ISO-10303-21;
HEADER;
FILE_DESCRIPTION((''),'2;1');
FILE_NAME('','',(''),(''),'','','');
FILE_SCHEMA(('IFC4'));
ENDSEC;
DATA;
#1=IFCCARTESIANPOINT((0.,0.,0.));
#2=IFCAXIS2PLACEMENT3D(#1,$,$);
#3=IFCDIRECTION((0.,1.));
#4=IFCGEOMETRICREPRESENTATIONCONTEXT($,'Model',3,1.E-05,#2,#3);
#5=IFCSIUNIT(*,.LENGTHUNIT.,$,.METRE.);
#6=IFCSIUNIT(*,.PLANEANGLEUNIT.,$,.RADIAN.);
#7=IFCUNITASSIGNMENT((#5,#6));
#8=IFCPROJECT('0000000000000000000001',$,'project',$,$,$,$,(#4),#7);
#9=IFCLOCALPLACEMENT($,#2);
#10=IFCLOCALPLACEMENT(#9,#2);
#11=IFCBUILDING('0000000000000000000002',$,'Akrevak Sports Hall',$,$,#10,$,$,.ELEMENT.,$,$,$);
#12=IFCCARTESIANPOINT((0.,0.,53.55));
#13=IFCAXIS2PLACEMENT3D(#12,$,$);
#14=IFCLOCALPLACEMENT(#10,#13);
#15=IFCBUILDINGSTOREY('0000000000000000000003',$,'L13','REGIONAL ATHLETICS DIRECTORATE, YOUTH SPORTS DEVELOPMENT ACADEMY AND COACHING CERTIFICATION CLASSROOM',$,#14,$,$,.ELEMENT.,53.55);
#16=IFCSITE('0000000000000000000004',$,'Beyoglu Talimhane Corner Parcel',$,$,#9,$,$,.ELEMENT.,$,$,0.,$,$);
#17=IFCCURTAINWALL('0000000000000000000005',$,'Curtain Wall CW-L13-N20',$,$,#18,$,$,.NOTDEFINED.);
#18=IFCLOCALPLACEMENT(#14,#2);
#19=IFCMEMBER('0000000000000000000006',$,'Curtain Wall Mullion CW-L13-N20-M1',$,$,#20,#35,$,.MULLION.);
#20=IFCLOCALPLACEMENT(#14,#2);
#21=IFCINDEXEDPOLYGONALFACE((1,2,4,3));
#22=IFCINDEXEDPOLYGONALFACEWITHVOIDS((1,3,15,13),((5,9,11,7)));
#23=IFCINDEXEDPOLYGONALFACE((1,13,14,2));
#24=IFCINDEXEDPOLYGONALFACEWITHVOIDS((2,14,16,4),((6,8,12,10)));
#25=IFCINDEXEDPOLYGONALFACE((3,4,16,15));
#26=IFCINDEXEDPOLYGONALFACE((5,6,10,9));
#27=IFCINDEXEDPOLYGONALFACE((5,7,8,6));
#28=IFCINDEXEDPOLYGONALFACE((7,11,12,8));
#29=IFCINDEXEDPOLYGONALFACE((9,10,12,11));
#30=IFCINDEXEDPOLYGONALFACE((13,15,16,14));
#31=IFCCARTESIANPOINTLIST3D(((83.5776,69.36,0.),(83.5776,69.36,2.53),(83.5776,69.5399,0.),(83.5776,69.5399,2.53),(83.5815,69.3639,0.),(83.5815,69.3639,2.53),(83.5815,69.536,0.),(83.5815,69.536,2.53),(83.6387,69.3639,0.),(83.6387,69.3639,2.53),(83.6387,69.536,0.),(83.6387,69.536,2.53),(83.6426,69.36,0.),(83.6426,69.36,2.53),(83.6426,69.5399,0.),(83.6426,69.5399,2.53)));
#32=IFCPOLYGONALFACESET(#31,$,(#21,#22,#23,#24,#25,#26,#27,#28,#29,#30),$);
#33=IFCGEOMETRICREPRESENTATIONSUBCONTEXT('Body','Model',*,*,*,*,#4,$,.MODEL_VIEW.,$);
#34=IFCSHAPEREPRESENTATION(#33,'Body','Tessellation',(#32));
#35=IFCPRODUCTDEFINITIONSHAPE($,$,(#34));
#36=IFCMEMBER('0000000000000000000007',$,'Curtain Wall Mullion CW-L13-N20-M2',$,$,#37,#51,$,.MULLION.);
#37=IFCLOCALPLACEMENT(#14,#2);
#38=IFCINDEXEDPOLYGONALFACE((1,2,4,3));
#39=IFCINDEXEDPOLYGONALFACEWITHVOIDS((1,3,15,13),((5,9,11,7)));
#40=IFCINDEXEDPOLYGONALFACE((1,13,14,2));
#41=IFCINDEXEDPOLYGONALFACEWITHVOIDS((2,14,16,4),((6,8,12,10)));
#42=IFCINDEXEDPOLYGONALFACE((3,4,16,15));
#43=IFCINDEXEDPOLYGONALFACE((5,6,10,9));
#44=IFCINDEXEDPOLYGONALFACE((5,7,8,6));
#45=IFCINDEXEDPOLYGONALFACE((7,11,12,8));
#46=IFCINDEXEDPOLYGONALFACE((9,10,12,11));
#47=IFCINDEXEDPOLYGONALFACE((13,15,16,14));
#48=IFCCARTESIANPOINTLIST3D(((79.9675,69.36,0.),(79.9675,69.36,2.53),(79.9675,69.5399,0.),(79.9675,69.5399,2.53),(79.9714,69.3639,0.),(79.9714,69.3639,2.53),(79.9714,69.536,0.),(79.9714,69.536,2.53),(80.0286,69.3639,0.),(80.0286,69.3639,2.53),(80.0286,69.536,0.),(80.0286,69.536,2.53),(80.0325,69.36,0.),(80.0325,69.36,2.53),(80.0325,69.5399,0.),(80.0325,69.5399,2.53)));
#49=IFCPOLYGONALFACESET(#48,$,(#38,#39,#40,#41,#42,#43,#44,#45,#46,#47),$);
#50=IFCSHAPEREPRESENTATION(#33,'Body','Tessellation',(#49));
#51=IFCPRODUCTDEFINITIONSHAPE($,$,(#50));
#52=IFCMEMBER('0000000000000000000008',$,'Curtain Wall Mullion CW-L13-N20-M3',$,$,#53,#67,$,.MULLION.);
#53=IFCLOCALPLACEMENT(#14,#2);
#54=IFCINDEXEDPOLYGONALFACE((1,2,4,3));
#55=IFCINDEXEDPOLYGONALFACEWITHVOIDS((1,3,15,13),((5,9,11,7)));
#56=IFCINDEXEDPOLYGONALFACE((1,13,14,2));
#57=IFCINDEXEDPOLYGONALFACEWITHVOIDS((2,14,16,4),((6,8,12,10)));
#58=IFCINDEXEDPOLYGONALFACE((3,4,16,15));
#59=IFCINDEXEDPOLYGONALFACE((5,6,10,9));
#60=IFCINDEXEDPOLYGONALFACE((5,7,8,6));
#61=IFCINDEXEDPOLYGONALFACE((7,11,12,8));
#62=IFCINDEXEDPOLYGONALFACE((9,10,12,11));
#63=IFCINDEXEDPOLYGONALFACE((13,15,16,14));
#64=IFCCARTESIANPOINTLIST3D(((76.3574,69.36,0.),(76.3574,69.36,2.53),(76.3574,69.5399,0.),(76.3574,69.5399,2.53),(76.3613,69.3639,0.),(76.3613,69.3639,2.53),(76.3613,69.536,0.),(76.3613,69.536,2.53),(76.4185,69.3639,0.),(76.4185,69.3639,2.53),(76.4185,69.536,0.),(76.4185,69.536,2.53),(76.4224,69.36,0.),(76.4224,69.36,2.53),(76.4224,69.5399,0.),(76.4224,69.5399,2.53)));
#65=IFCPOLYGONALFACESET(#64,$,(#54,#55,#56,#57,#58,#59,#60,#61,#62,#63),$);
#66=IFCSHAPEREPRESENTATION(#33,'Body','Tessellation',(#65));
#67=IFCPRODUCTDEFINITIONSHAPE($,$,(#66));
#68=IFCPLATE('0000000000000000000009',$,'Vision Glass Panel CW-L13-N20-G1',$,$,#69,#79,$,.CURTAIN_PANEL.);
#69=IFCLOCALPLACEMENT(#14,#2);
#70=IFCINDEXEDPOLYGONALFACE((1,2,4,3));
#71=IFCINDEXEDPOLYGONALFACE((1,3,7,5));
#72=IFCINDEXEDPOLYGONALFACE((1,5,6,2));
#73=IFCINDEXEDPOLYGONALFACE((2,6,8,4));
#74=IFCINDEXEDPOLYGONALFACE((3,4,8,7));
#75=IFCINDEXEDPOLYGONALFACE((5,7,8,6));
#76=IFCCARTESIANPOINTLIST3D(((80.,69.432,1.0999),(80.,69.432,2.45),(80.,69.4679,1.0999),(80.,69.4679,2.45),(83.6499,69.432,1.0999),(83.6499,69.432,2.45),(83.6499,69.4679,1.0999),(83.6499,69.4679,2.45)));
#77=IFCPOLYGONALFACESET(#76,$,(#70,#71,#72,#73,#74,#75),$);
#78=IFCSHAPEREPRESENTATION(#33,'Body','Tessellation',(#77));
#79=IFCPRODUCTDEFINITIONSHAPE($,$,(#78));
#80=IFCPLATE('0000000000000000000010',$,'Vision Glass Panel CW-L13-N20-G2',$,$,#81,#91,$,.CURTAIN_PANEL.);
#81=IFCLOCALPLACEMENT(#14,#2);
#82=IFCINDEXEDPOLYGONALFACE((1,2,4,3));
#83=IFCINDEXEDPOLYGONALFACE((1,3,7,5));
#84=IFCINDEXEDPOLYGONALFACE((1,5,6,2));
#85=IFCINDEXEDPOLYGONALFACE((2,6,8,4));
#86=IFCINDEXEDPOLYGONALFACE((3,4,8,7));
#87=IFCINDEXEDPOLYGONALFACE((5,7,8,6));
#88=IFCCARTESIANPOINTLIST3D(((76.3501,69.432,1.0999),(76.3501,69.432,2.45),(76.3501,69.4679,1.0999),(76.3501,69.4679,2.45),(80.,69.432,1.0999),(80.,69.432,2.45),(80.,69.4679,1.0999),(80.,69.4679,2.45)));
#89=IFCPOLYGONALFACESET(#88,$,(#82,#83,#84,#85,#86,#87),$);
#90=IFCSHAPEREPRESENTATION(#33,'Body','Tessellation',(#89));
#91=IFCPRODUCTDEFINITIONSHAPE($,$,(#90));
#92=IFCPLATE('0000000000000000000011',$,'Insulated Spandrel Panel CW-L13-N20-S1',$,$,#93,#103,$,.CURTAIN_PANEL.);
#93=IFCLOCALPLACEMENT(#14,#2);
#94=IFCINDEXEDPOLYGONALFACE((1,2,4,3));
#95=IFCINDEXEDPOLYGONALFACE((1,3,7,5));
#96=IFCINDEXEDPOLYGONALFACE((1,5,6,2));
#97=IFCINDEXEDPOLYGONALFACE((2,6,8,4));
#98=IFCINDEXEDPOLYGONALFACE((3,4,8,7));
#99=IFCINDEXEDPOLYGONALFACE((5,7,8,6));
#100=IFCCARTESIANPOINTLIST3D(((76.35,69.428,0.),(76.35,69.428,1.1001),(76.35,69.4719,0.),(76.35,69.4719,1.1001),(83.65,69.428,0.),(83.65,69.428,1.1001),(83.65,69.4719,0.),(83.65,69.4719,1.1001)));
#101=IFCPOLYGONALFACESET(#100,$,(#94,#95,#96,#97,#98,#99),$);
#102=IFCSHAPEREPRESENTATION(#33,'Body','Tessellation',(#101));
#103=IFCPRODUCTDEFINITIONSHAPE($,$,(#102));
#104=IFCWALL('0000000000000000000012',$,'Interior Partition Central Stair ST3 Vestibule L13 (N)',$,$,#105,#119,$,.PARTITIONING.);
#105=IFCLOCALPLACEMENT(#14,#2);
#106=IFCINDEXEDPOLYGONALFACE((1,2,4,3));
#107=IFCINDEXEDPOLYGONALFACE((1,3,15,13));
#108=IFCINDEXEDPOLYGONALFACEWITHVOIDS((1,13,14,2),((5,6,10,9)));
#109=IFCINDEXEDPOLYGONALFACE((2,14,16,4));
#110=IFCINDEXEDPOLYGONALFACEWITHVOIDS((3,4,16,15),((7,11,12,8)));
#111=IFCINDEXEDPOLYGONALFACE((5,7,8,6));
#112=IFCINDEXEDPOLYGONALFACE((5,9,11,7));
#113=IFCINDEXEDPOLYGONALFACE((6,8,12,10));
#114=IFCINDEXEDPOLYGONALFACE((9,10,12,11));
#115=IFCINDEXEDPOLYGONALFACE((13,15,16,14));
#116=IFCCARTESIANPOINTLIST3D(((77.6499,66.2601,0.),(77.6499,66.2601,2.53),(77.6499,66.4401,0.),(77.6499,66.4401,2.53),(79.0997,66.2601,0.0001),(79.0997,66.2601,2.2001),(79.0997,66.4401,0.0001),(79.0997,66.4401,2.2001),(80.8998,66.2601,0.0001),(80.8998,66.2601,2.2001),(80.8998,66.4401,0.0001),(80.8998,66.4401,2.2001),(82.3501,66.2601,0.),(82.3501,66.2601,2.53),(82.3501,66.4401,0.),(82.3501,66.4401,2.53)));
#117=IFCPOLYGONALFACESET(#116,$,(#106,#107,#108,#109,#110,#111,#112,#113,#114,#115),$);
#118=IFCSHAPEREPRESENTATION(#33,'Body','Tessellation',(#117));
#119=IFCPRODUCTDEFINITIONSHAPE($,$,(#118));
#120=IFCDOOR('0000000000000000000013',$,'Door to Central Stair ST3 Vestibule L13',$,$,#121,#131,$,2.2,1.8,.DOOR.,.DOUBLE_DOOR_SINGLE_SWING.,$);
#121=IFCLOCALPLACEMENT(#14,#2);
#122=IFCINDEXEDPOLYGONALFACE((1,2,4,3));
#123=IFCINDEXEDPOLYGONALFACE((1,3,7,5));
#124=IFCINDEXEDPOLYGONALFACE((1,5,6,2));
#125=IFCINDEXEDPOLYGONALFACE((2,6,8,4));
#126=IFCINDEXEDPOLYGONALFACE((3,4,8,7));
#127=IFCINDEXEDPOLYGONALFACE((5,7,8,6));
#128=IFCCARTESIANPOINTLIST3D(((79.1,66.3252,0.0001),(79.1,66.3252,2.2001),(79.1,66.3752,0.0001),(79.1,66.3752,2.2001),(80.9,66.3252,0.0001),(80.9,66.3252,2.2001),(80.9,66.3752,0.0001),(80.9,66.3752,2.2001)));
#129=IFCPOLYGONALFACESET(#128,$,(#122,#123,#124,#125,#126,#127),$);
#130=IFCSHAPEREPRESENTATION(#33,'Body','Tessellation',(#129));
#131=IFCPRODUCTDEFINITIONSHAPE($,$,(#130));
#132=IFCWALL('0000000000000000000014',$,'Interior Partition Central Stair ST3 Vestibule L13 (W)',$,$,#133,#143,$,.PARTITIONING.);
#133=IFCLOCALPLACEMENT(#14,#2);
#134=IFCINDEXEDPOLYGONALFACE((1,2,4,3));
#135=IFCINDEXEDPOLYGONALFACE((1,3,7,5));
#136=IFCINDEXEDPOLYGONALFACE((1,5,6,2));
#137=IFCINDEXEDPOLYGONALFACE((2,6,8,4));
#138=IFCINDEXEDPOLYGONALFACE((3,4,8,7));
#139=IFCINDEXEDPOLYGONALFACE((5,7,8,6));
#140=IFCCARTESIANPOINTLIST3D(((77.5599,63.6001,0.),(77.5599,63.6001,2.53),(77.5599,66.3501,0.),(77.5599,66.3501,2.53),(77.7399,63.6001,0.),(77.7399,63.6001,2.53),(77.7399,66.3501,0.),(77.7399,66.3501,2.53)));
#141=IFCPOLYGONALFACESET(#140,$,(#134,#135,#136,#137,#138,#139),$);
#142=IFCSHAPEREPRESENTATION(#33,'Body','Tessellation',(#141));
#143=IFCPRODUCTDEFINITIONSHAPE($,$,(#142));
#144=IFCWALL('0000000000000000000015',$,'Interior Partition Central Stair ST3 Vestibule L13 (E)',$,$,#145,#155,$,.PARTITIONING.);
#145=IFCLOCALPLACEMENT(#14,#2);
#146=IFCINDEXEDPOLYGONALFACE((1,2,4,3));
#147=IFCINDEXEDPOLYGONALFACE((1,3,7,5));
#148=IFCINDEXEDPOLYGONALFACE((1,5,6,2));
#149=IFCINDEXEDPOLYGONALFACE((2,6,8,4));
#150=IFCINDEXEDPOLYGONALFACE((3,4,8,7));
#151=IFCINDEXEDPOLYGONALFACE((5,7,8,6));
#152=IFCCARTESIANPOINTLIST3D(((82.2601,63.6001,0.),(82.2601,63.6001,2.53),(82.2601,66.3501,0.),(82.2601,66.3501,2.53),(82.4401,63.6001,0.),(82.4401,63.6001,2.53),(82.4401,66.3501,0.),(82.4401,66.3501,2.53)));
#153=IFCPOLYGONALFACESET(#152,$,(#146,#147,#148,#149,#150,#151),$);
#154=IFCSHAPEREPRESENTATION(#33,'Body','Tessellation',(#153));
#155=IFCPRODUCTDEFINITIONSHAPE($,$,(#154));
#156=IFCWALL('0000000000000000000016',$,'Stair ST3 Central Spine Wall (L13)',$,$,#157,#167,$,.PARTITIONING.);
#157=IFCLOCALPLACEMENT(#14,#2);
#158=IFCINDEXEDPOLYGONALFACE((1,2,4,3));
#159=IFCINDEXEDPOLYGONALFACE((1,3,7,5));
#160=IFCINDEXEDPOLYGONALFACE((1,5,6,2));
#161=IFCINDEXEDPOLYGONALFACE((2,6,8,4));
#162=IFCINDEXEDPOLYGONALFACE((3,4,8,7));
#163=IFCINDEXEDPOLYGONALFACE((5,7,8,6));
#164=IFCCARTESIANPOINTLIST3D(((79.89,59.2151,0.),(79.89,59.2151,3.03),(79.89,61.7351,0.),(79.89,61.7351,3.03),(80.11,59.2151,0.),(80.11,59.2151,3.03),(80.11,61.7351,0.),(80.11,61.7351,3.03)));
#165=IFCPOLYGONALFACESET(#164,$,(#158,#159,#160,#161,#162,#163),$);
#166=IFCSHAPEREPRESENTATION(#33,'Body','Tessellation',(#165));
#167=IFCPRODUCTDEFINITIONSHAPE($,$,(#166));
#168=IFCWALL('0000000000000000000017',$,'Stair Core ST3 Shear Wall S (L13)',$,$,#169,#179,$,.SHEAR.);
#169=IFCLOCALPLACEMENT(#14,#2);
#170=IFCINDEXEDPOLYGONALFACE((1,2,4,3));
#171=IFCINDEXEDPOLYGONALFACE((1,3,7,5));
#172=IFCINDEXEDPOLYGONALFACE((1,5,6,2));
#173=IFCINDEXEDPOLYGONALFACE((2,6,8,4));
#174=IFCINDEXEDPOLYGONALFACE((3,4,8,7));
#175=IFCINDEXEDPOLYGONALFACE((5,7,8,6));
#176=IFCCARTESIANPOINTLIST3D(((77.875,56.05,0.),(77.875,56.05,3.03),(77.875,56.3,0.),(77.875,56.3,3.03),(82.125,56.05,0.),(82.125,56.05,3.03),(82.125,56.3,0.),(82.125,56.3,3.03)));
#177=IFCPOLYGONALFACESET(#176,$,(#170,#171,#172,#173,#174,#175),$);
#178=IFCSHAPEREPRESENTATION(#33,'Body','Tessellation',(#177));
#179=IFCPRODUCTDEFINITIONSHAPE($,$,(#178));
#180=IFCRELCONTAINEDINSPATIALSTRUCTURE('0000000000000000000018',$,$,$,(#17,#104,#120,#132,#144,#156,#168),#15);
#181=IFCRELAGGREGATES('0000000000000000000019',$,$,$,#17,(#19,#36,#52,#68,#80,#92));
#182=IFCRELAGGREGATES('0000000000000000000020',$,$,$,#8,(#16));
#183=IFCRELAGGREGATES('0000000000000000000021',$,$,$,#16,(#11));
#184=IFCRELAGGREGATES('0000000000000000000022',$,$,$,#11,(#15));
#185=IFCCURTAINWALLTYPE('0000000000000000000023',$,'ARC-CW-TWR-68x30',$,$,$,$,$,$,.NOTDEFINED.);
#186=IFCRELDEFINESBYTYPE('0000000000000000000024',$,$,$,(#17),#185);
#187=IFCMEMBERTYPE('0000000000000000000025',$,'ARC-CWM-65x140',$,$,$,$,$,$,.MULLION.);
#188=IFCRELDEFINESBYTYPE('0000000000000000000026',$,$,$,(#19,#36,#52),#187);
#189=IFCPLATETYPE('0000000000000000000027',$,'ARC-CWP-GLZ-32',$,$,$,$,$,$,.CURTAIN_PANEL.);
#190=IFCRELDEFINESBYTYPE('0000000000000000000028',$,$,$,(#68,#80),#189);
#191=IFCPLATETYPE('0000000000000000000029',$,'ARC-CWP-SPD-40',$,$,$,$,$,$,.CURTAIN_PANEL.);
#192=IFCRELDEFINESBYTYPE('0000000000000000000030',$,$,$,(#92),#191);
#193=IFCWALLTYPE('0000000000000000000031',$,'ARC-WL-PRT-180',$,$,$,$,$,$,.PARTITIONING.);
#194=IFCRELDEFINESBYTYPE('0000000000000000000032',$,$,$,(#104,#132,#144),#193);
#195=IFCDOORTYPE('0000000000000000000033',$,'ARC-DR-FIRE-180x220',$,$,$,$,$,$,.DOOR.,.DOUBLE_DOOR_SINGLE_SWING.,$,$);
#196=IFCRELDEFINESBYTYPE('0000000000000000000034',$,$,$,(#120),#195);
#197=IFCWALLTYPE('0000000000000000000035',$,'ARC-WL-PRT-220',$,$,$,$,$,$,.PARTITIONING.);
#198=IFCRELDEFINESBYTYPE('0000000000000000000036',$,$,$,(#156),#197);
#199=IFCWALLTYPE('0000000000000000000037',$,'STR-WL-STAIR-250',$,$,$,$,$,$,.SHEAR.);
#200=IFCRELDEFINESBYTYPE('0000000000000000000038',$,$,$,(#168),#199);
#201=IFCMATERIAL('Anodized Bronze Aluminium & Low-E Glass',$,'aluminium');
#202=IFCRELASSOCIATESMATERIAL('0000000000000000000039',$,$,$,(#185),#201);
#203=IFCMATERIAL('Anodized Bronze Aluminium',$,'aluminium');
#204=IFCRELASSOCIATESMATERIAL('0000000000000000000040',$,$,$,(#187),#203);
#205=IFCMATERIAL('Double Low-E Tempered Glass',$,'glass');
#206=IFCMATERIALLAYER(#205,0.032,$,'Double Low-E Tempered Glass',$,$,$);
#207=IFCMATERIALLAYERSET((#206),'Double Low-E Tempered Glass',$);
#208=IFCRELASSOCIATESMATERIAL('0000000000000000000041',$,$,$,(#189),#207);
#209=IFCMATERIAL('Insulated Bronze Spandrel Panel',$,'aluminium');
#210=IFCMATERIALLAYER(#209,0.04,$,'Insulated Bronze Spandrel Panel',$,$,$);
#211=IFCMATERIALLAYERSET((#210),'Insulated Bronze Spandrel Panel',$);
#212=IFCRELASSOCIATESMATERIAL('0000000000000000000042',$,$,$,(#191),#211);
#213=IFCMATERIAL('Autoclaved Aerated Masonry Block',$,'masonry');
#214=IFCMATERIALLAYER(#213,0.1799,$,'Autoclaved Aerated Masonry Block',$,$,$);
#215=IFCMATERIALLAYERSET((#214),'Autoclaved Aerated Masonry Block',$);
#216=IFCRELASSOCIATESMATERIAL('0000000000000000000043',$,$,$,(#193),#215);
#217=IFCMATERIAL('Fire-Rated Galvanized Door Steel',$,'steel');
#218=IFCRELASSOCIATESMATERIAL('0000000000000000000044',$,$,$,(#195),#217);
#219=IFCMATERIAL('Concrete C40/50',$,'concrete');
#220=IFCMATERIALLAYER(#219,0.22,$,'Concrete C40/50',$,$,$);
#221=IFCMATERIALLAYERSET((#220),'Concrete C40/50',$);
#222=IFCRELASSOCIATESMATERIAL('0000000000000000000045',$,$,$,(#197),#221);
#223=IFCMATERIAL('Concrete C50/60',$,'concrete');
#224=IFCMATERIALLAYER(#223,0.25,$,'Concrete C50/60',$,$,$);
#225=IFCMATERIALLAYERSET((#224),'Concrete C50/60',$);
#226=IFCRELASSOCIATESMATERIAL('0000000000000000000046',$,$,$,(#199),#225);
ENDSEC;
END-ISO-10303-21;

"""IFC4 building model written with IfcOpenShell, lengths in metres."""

from ifc_helpers import new_model, si_unit, direction, frame, frame_2d, origin, origin_2d, place, context, subcontext, project, spatial, rectangle, hollow_rectangle, extrude, material, layer, layer_set, material_profile, profile_set, type_object, element, fill, aggregate, save


model = new_model("IFC4")

# Units and contexts
model_context = context("Model", 3, precision=1e-05, world=origin(), true_north=direction((0.0, 1.0)))
body_context = subcontext(model_context, "Body", "Model", "MODEL_VIEW")
ifc_project = project(units=[si_unit("LENGTHUNIT", "METRE"), si_unit("PLANEANGLEUNIT", "RADIAN")], contexts=[model_context])

# Site, building, storey
site_placement = place(None, origin())
site = spatial("IfcSite", under=ifc_project, at=site_placement, Name="Beyoglu Talimhane Corner Parcel", CompositionType="ELEMENT", RefElevation=0.0)
building_placement = place(site_placement, origin())
building = spatial("IfcBuilding", under=site, at=building_placement, Name="Akrevak Sports Hall", CompositionType="ELEMENT")
storey_placement = place(building_placement, frame((0.0, 0.0, 53.55)))
storey = spatial("IfcBuildingStorey", under=building, at=storey_placement, Name="L13", Description="REGIONAL ATHLETICS DIRECTORATE, YOUTH SPORTS DEVELOPMENT ACADEMY AND COACHING CERTIFICATION CLASSROOM", CompositionType="ELEMENT", Elevation=53.55)

# Curtain wall, members, plates
ifc_material_1 = material(Name="Anodized Bronze Aluminium & Low-E Glass", Category="aluminium")
curtain_wall_type = type_object("IfcCurtainWallType", Name="ARC-CW-TWR-68x30", PredefinedType="NOTDEFINED", material=ifc_material_1)
curtain_wall_placement = place(storey_placement, origin())
curtain_wall = element("IfcCurtainWall", 1, at=curtain_wall_placement, inside=storey, type_object=curtain_wall_type, Name="Curtain Wall CW-L13-N20", PredefinedType="NOTDEFINED")
ifc_material_2 = material(Name="Anodized Bronze Aluminium", Category="aluminium")
ifc_material_profile = material_profile(ifc_material_2, hollow_rectangle(XDim=0.0649, YDim=0.1799, WallThickness=0.0039, at=origin_2d()), Name="CWM 65x180", Category="aluminium")
ifc_profile_set = profile_set([ifc_material_profile], Name="Anodized Bronze Aluminium")
member_type = type_object("IfcMemberType", Name="ARC-CWM-65x140", PredefinedType="MULLION", material=ifc_profile_set)
member_1_placement = place(storey_placement, frame((83.6101, 69.45, 0.0), z_axis=(0.0, 0.0, 1.0), x_axis=(-1.0, 0.0, 0.0)))
member_1 = element("IfcMember", 2, at=member_1_placement, type_object=member_type, Name="Curtain Wall Mullion CW-L13-N20-M1", PredefinedType="MULLION", context=body_context, shape_type="SweptSolid", body=[
    extrude(hollow_rectangle(XDim=0.0649, YDim=0.1799, WallThickness=0.0039, at=origin_2d()), origin(), (0.0, 0.0, 1.0), 2.53),
])
member_2_placement = place(storey_placement, frame((80.0, 69.45, 0.0), z_axis=(0.0, 0.0, 1.0), x_axis=(-1.0, 0.0, 0.0)))
member_2 = element("IfcMember", 3, at=member_2_placement, type_object=member_type, Name="Curtain Wall Mullion CW-L13-N20-M2", PredefinedType="MULLION", context=body_context, shape_type="SweptSolid", body=[
    extrude(hollow_rectangle(XDim=0.0649, YDim=0.1799, WallThickness=0.0039, at=origin_2d()), origin(), (0.0, 0.0, 1.0), 2.53),
])
member_3_placement = place(storey_placement, frame((76.3899, 69.45, 0.0), z_axis=(0.0, 0.0, 1.0), x_axis=(-1.0, 0.0, 0.0)))
member_3 = element("IfcMember", 4, at=member_3_placement, type_object=member_type, Name="Curtain Wall Mullion CW-L13-N20-M3", PredefinedType="MULLION", context=body_context, shape_type="SweptSolid", body=[
    extrude(hollow_rectangle(XDim=0.0649, YDim=0.1799, WallThickness=0.0039, at=origin_2d()), origin(), (0.0, 0.0, 1.0), 2.53),
])
ifc_material_3 = material(Name="Double Low-E Tempered Glass", Category="glass")
ifc_layer_1 = layer(ifc_material_3, 0.032, Name="Double Low-E Tempered Glass")
ifc_layer_set_1 = layer_set([ifc_layer_1], Name="Double Low-E Tempered Glass")
plate_type_1 = type_object("IfcPlateType", Name="ARC-CWP-GLZ-32", PredefinedType="CURTAIN_PANEL", material=ifc_layer_set_1)
plate_1_placement = place(storey_placement, frame((81.825, 69.45, 1.0999), z_axis=(0.0, 0.0, 1.0), x_axis=(-1.0, 0.0, 0.0)))
plate_1 = element("IfcPlate", 5, at=plate_1_placement, type_object=plate_type_1, Name="Vision Glass Panel CW-L13-N20-G1", PredefinedType="CURTAIN_PANEL", context=body_context, shape_type="SweptSolid", body=[
    extrude(rectangle(XDim=3.6499, YDim=0.0359, at=origin_2d()), origin(), (0.0, 0.0, 1.0), 1.3501),
])
plate_2_placement = place(storey_placement, frame((78.175, 69.45, 1.0999), z_axis=(0.0, 0.0, 1.0), x_axis=(-1.0, 0.0, 0.0)))
plate_2 = element("IfcPlate", 6, at=plate_2_placement, type_object=plate_type_1, Name="Vision Glass Panel CW-L13-N20-G2", PredefinedType="CURTAIN_PANEL", context=body_context, shape_type="SweptSolid", body=[
    extrude(rectangle(XDim=3.6499, YDim=0.0359, at=origin_2d()), origin(), (0.0, 0.0, 1.0), 1.3501),
])
ifc_material_4 = material(Name="Insulated Bronze Spandrel Panel", Category="aluminium")
ifc_layer_2 = layer(ifc_material_4, 0.04, Name="Insulated Bronze Spandrel Panel")
ifc_layer_set_2 = layer_set([ifc_layer_2], Name="Insulated Bronze Spandrel Panel")
plate_type_2 = type_object("IfcPlateType", Name="ARC-CWP-SPD-40", PredefinedType="CURTAIN_PANEL", material=ifc_layer_set_2)
plate_3_placement = place(storey_placement, frame((80.0, 69.45, 0.0), z_axis=(0.0, 0.0, 1.0), x_axis=(-1.0, 0.0, 0.0)))
plate_3 = element("IfcPlate", 7, at=plate_3_placement, type_object=plate_type_2, Name="Insulated Spandrel Panel CW-L13-N20-S1", PredefinedType="CURTAIN_PANEL", context=body_context, shape_type="SweptSolid", body=[
    extrude(rectangle(XDim=7.3, YDim=0.0439, at=origin_2d()), origin(), (0.0, 0.0, 1.0), 1.1001),
])
aggregate(curtain_wall, [member_1, member_2, member_3, plate_1, plate_2, plate_3])

# Wall, opening, door
ifc_material_5 = material(Name="Autoclaved Aerated Masonry Block", Category="masonry")
ifc_layer_3 = layer(ifc_material_5, 0.1799, Name="Autoclaved Aerated Masonry Block")
ifc_layer_set_3 = layer_set([ifc_layer_3], Name="Autoclaved Aerated Masonry Block")
wall_type_1 = type_object("IfcWallType", Name="ARC-WL-PRT-180", PredefinedType="PARTITIONING", material=ifc_layer_set_3)
wall_1_placement = place(storey_placement, frame((77.6499, 66.3501, 0.0), z_axis=(0.0, 0.0, 1.0), x_axis=(1.0, 0.0, 0.0)))
wall_1 = element("IfcWall", 8, at=wall_1_placement, inside=storey, type_object=wall_type_1, Name="Interior Partition Central Stair ST3 Vestibule L13 (N)", PredefinedType="PARTITIONING", context=body_context, shape_type="SweptSolid", body=[
    extrude(rectangle(XDim=4.7002, YDim=0.1799, at=frame_2d((2.3501, 0.0))), origin(), (0.0, 0.0, 1.0), 2.53),
])
opening_1_placement = place(wall_1_placement, frame((1.45, 0.0, 0.0)))
opening_1 = element("IfcOpeningElement", 9, at=opening_1_placement, cuts=wall_1, PredefinedType="OPENING", context=body_context, shape_type="SweptSolid", body=[
    extrude(rectangle(XDim=1.8, YDim=2.2, at=frame_2d((0.8999, 1.1001))), frame((0.0, 0.1021, 0.0), z_axis=(0.0, -1.0, 0.0), x_axis=(1.0, 0.0, 0.0)), (0.0, 0.0, 1.0), 0.2039),
])
ifc_material_6 = material(Name="Fire-Rated Galvanized Door Steel", Category="steel")
door_type_1 = type_object("IfcDoorType", Name="ARC-DR-FIRE-180x220", OperationType="DOUBLE_DOOR_SINGLE_SWING", PredefinedType="DOOR", material=ifc_material_6)
door_1_placement = place(opening_1_placement, frame((1.8, 0.0, 0.0), z_axis=(0.0, 0.0, 1.0), x_axis=(-1.0, 0.0, 0.0)))
door_1 = element("IfcDoor", 10, at=door_1_placement, inside=storey, type_object=door_type_1, Name="Door to Central Stair ST3 Vestibule L13", OperationType="DOUBLE_DOOR_SINGLE_SWING", OverallHeight=2.2, OverallWidth=1.8, PredefinedType="DOOR", context=body_context, shape_type="SweptSolid", body=[
    extrude(rectangle(XDim=1.8, YDim=2.2, at=frame_2d((0.8999, 1.1001))), frame((0.0, 0.0249, 0.0), z_axis=(0.0, -1.0, 0.0), x_axis=(1.0, 0.0, 0.0)), (0.0, 0.0, 1.0), 0.05),
])
fill(opening_1, door_1)

# Walls
for number, where, z_axis, x_axis, name in (
    (11, (77.6499, 63.6001, 0.0), (0.0, 0.0, 1.0), (0.0, 1.0, 0.0), "Interior Partition Central Stair ST3 Vestibule L13 (W)"),
    (12, (82.3501, 63.6001, 0.0), (0.0, 0.0, 1.0), (0.0, 1.0, 0.0), "Interior Partition Central Stair ST3 Vestibule L13 (E)"),
):
    element("IfcWall", number, at=place(storey_placement, frame(where, z_axis=z_axis, x_axis=x_axis)), inside=storey, type_object=wall_type_1, Name=name, PredefinedType="PARTITIONING", context=body_context, shape_type="SweptSolid", body=[
        extrude(rectangle(XDim=2.75, YDim=0.1799, at=frame_2d((1.375, 0.0))), origin(), (0.0, 0.0, 1.0), 2.53),
    ])
ifc_material_7 = material(Name="Concrete C40/50", Category="concrete")
ifc_layer_4 = layer(ifc_material_7, 0.22, Name="Concrete C40/50")
ifc_layer_set_4 = layer_set([ifc_layer_4], Name="Concrete C40/50")
wall_type_2 = type_object("IfcWallType", Name="ARC-WL-PRT-220", PredefinedType="PARTITIONING", material=ifc_layer_set_4)
wall_2_placement = place(storey_placement, frame((80.0, 59.2151, 0.0), z_axis=(0.0, 0.0, 1.0), x_axis=(0.0, 1.0, 0.0)))
element("IfcWall", 13, at=wall_2_placement, inside=storey, type_object=wall_type_2, Name="Stair ST3 Central Spine Wall (L13)", PredefinedType="PARTITIONING", context=body_context, shape_type="SweptSolid", body=[
    extrude(rectangle(XDim=2.52, YDim=0.22, at=frame_2d((1.26, 0.0))), origin(), (0.0, 0.0, 1.0), 3.03),
])
ifc_material_8 = material(Name="Concrete C50/60", Category="concrete")
ifc_layer_5 = layer(ifc_material_8, 0.25, Name="Concrete C50/60")
ifc_layer_set_5 = layer_set([ifc_layer_5], Name="Concrete C50/60")
wall_type_3 = type_object("IfcWallType", Name="STR-WL-STAIR-250", PredefinedType="SHEAR", material=ifc_layer_set_5)
wall_3_placement = place(storey_placement, frame((77.875, 56.175, 0.0), z_axis=(0.0, 0.0, 1.0), x_axis=(1.0, 0.0, 0.0)))
element("IfcWall", 14, at=wall_3_placement, inside=storey, type_object=wall_type_3, Name="Stair Core ST3 Shear Wall S (L13)", PredefinedType="SHEAR", context=body_context, shape_type="SweptSolid", body=[
    extrude(rectangle(XDim=4.25, YDim=0.25, at=frame_2d((2.125, 0.0))), origin(), (0.0, 0.0, 1.0), 3.03),
])

save(model, "model.ifc")
